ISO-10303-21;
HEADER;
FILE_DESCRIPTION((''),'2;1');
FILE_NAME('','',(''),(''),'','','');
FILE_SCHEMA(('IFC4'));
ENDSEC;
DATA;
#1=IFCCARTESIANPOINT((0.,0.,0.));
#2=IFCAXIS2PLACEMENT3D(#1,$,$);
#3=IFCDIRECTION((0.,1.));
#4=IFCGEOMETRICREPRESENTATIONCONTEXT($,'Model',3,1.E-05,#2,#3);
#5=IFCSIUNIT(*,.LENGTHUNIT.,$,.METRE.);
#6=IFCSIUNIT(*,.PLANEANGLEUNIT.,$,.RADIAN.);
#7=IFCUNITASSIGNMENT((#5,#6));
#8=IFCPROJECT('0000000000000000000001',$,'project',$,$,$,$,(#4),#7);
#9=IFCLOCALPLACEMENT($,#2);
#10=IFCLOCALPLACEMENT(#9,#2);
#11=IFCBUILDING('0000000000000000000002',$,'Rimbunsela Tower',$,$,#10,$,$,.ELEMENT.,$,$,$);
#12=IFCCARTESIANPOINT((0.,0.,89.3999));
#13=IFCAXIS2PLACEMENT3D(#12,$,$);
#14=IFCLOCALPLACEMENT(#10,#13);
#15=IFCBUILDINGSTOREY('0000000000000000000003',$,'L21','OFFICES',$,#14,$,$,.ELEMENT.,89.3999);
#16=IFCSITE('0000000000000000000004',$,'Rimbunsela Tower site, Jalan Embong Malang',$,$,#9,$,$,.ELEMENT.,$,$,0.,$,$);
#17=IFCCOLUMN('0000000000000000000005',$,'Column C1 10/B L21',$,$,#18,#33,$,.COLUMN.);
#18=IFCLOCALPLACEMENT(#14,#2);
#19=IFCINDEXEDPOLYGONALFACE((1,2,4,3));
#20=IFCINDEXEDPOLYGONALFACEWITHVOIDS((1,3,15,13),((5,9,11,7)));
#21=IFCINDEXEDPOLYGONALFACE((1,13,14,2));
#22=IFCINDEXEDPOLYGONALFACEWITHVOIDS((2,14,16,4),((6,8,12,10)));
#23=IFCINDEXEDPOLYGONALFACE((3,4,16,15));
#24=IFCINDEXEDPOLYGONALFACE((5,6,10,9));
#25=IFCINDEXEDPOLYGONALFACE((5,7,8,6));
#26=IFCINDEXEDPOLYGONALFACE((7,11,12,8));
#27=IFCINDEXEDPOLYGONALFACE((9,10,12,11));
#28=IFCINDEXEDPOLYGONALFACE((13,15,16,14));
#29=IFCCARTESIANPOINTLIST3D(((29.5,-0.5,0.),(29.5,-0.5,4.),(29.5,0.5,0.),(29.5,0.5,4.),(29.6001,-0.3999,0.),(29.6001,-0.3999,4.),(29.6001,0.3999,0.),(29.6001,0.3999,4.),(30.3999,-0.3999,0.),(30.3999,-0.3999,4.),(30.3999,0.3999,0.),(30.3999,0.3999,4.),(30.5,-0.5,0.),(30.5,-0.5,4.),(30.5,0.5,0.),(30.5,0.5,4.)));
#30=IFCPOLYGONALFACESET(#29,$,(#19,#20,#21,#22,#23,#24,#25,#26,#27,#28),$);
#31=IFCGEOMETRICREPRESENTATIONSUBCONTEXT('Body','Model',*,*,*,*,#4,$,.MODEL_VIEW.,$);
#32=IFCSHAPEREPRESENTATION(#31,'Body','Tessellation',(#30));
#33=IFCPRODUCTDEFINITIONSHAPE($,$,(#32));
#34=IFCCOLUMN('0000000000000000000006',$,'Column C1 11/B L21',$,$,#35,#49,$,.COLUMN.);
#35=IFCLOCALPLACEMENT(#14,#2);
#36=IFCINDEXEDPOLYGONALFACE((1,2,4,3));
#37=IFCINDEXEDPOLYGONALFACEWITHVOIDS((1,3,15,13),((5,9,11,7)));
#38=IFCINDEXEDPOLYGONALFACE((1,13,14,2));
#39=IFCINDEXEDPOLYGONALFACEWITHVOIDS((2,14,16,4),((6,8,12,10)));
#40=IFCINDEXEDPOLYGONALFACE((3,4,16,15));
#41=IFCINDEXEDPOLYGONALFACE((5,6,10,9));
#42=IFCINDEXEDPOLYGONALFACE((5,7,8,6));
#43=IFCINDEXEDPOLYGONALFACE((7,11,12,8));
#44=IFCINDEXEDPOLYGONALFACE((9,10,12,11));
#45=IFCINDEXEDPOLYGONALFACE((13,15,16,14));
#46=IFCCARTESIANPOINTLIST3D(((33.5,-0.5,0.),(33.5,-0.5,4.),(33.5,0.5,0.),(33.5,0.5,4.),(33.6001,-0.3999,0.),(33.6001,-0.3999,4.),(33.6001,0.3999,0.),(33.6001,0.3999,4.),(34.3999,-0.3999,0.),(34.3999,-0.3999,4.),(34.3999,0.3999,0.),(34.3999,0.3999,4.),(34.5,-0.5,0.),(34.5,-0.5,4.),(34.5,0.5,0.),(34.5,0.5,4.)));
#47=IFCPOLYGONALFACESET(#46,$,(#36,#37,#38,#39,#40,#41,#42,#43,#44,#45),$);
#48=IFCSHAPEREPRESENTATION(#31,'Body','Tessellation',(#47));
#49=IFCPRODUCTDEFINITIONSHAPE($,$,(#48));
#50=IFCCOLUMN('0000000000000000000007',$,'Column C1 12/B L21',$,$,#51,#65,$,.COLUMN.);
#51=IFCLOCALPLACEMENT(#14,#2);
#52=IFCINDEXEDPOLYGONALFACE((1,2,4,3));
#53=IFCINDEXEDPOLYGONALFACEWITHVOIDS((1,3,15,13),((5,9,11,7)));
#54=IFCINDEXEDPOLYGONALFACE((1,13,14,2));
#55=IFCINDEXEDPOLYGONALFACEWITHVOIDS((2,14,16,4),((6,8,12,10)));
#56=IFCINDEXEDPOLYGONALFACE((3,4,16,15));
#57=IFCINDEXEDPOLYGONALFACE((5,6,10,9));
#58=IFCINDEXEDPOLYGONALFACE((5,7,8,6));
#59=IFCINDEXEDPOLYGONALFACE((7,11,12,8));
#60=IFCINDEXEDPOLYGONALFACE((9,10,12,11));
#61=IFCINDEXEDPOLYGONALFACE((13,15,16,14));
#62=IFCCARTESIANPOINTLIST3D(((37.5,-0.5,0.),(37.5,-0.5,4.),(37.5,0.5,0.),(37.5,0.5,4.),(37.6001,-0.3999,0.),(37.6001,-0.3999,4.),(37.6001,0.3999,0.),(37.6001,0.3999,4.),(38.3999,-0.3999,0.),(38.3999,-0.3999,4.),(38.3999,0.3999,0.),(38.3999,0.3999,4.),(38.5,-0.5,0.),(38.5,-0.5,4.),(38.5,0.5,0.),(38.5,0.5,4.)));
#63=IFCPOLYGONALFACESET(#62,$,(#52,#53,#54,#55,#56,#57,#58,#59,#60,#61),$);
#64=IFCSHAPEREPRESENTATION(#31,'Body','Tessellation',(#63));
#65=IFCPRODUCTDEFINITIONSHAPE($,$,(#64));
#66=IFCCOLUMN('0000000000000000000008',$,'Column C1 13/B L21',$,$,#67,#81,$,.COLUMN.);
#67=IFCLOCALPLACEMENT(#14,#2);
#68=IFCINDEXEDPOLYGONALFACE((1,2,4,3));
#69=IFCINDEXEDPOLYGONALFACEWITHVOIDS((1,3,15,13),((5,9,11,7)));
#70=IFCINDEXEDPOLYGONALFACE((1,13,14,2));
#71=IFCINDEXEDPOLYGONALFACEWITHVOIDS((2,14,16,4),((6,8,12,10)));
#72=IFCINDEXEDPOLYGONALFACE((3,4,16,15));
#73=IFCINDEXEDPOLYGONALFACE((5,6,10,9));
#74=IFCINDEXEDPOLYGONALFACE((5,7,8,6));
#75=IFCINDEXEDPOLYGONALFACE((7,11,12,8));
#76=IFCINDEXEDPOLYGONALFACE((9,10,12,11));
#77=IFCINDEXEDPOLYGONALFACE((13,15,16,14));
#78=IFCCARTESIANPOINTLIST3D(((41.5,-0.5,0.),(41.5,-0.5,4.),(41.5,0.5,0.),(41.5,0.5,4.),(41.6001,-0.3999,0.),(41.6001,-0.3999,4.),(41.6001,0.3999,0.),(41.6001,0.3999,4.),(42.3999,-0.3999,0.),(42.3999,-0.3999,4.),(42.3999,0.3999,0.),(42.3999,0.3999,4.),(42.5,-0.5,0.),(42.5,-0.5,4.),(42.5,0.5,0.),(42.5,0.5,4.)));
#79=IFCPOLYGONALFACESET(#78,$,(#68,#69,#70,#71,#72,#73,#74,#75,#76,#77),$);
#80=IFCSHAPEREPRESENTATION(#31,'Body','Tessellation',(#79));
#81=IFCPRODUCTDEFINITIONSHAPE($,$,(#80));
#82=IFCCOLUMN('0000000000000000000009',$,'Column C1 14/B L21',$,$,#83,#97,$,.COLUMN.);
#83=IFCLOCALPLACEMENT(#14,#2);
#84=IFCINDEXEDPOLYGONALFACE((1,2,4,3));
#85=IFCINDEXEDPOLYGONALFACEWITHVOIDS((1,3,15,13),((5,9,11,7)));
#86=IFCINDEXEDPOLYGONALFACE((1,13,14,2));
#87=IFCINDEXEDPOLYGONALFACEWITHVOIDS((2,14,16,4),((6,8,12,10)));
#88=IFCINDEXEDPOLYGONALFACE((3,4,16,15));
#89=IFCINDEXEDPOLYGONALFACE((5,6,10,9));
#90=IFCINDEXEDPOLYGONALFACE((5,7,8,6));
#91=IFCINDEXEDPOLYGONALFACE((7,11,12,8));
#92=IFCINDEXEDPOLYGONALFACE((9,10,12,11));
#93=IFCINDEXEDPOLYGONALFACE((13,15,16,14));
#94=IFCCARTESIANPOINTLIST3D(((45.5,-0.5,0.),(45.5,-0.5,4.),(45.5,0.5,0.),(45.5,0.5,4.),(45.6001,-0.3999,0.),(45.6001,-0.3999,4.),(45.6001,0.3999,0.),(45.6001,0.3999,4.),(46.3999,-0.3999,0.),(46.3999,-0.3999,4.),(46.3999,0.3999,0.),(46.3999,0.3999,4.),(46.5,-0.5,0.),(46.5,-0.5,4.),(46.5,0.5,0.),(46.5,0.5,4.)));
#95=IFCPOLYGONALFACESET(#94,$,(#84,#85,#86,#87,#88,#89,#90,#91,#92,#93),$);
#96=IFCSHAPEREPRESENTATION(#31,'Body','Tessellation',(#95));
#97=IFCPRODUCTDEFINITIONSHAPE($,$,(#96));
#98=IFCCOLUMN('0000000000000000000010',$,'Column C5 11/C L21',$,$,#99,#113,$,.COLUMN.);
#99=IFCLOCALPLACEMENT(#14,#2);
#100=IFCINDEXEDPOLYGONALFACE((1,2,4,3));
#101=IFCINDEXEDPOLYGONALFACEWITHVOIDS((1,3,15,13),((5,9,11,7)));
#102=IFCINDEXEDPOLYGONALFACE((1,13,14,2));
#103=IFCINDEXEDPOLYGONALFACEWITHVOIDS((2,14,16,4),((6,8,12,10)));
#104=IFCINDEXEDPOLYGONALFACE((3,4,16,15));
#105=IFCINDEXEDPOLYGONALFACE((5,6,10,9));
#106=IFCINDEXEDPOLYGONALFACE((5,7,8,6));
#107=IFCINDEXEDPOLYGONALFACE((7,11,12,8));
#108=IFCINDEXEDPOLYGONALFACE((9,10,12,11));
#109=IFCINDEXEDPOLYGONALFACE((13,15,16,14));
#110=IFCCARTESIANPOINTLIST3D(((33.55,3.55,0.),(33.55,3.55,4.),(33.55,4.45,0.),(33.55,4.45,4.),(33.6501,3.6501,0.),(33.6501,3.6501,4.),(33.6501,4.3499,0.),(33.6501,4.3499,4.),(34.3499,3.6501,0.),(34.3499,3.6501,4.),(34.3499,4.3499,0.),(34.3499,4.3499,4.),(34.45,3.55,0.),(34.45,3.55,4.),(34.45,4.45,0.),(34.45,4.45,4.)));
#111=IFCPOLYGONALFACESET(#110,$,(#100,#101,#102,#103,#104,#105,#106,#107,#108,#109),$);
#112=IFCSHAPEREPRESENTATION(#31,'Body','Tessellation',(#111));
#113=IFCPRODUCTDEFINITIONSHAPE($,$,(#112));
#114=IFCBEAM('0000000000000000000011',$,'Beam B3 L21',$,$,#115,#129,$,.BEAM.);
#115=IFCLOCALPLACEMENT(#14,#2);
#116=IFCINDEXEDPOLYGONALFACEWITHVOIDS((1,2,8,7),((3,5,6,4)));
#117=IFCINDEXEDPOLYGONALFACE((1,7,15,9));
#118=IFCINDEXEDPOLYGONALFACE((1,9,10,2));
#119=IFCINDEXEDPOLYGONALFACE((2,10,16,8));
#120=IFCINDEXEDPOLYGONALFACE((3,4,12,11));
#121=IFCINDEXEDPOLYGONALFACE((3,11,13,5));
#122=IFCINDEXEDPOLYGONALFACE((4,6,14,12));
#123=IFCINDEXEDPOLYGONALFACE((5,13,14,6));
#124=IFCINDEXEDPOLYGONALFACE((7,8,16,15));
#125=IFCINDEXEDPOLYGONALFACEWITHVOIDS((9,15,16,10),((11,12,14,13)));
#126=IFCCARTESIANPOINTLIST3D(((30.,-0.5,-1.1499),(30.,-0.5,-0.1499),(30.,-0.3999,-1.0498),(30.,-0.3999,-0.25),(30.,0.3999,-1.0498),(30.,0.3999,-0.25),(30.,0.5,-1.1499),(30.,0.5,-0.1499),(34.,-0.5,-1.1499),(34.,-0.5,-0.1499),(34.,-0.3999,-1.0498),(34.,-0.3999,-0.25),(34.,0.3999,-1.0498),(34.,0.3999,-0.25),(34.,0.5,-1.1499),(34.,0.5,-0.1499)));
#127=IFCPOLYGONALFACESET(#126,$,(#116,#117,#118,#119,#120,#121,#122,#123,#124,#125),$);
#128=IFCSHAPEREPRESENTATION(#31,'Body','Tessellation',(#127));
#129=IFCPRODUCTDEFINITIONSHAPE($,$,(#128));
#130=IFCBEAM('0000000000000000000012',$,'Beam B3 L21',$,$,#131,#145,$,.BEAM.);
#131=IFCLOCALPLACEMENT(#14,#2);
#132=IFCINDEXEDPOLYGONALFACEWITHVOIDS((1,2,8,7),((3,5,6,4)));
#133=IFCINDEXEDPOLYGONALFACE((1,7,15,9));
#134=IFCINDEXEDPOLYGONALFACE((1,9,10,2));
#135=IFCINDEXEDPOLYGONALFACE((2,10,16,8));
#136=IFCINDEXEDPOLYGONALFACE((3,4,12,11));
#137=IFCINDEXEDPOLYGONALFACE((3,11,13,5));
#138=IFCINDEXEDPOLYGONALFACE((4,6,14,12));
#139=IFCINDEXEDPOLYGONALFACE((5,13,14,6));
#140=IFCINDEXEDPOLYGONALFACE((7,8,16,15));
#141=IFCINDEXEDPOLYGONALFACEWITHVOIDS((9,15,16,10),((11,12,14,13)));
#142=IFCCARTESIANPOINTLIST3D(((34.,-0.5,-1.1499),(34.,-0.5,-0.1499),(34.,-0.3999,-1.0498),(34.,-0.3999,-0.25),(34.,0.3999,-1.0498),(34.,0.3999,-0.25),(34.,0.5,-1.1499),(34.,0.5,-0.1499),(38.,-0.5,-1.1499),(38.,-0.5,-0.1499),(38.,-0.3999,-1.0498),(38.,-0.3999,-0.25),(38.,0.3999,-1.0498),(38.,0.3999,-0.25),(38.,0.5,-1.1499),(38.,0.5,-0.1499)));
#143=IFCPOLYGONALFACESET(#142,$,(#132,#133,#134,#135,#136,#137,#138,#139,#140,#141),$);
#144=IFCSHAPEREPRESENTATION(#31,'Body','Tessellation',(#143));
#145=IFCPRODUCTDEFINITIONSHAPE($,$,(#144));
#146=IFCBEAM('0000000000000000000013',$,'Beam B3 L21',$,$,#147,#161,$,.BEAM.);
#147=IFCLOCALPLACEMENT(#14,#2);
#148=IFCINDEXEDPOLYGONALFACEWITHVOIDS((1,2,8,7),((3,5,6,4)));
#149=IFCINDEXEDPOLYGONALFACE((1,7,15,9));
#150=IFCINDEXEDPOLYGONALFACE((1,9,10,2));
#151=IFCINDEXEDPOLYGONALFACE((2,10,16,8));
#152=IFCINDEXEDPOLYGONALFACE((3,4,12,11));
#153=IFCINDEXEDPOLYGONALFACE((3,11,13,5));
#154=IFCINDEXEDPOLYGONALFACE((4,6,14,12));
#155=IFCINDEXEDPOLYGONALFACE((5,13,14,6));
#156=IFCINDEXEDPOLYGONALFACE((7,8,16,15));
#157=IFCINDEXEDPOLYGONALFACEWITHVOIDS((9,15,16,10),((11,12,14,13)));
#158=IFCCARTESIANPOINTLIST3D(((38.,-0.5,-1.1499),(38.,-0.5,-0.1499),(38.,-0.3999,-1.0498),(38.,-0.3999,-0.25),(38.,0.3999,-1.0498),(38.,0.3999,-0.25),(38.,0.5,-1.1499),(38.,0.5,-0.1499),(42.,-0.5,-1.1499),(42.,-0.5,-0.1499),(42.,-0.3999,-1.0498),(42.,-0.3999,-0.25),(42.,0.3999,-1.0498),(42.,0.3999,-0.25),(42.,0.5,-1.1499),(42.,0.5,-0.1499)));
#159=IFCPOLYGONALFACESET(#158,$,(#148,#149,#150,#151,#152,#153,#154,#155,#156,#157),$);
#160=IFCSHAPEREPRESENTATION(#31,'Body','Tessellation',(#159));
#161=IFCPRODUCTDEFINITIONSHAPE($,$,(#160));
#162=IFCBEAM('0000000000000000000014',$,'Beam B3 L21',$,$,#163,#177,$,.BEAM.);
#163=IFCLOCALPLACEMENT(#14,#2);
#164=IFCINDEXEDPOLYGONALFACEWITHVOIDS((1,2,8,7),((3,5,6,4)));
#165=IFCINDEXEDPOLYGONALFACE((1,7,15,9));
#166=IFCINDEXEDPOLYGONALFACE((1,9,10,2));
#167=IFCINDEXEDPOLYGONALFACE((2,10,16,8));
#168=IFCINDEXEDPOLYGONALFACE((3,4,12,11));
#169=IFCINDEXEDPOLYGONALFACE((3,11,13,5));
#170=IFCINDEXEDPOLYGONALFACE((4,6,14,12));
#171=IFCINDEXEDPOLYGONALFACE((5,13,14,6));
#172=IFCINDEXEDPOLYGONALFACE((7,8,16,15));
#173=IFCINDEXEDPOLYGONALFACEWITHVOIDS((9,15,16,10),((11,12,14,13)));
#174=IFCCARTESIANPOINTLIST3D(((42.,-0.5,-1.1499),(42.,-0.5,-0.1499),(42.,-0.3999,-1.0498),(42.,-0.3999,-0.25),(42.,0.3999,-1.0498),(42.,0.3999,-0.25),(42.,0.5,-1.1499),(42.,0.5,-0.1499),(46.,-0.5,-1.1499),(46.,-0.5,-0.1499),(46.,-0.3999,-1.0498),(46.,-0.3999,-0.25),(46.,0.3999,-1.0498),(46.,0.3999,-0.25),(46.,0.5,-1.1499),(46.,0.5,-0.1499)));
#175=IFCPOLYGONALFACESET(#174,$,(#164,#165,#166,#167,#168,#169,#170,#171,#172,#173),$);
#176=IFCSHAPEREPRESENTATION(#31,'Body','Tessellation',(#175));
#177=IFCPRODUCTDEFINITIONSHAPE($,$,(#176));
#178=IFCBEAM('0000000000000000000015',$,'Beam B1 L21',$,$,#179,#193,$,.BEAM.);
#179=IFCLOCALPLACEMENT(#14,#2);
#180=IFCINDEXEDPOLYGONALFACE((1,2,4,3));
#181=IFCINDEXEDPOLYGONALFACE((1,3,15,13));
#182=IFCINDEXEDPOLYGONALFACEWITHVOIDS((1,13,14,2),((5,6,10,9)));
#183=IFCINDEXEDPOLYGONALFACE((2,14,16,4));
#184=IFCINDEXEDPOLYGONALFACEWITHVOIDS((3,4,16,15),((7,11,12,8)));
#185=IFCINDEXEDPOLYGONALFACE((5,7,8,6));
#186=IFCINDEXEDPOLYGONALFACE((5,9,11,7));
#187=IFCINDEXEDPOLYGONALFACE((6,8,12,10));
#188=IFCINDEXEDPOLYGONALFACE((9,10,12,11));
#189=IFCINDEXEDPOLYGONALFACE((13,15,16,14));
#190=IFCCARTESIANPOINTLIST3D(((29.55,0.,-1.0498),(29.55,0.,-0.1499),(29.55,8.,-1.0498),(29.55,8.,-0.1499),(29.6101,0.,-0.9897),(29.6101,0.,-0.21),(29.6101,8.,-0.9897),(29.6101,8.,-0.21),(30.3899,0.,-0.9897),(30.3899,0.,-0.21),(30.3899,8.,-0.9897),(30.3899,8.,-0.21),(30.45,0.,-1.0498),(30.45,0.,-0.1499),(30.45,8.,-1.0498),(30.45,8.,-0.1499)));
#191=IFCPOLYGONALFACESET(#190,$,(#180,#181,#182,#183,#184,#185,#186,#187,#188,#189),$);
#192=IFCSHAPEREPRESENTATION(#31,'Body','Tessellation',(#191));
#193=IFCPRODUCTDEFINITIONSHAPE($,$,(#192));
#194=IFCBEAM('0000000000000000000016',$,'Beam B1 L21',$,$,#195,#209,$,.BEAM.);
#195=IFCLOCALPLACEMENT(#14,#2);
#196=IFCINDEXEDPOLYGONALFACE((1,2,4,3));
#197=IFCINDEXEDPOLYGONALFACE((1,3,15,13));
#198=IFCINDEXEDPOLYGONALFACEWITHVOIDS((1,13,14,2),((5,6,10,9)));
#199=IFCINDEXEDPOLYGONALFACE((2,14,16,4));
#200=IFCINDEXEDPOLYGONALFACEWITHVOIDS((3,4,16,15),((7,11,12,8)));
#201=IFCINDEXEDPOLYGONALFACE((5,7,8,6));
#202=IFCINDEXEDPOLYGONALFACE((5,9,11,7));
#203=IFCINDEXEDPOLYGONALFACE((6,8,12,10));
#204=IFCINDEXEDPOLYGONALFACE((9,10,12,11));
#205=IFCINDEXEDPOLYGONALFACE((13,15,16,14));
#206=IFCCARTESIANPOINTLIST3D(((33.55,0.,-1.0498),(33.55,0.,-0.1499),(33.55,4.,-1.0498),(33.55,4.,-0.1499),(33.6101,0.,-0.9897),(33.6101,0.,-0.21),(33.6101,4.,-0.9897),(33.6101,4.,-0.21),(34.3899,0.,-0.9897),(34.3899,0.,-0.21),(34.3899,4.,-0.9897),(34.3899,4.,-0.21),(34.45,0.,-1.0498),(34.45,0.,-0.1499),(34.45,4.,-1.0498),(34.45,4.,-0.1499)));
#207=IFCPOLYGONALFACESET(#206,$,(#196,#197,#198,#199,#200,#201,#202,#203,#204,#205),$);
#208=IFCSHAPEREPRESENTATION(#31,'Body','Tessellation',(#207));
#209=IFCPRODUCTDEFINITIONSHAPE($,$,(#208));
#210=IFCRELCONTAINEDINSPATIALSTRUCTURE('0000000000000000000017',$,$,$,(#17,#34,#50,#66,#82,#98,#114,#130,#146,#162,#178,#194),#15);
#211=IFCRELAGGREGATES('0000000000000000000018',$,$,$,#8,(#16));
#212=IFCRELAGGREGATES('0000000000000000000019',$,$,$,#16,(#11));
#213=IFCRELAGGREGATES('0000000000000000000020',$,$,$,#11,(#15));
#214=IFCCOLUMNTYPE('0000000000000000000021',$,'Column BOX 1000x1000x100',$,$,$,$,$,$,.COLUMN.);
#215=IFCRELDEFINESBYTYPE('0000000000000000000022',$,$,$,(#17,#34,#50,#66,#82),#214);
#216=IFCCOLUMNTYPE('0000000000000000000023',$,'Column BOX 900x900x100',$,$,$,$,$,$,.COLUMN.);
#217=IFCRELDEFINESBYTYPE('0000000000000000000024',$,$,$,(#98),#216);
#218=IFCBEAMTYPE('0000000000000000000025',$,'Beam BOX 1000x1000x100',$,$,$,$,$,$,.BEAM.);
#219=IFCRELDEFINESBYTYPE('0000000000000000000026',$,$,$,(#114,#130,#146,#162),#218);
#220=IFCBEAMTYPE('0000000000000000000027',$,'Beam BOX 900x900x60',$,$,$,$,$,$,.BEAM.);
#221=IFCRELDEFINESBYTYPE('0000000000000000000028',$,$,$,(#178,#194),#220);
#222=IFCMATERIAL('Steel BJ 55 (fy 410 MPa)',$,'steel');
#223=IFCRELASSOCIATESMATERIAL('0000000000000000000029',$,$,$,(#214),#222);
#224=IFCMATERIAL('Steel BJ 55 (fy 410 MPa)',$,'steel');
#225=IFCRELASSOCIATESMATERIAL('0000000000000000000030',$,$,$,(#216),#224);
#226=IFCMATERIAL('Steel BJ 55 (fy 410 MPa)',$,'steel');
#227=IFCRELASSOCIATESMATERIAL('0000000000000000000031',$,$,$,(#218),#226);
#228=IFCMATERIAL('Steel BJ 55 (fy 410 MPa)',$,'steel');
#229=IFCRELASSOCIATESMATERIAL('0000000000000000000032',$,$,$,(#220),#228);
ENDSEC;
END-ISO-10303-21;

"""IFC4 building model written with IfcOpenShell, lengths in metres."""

from ifc_helpers import new_model, si_unit, direction, frame, origin, origin_2d, place, context, subcontext, project, spatial, hollow_rectangle, extrude, material, material_profile, profile_set, type_object, element, save


model = new_model("IFC4")

# Units and contexts
model_context = context("Model", 3, precision=1e-05, world=origin(), true_north=direction((0.0, 1.0)))
body_context = subcontext(model_context, "Body", "Model", "MODEL_VIEW")
ifc_project = project(units=[si_unit("LENGTHUNIT", "METRE"), si_unit("PLANEANGLEUNIT", "RADIAN")], contexts=[model_context])

# Site, building, storey
site_placement = place(None, origin())
site = spatial("IfcSite", under=ifc_project, at=site_placement, Name="Rimbunsela Tower site, Jalan Embong Malang", CompositionType="ELEMENT", RefElevation=0.0)
building_placement = place(site_placement, origin())
building = spatial("IfcBuilding", under=site, at=building_placement, Name="Rimbunsela Tower", CompositionType="ELEMENT")
storey_placement = place(building_placement, frame((0.0, 0.0, 89.3999)))
storey = spatial("IfcBuildingStorey", under=building, at=storey_placement, Name="L21", Description="OFFICES", CompositionType="ELEMENT", Elevation=89.3999)

# Columns
ifc_material_1 = material(Name="Steel BJ 55 (fy 410 MPa)", Category="steel")
ifc_material_profile_1 = material_profile(ifc_material_1, hollow_rectangle(XDim=1.0, YDim=1.0, WallThickness=0.1001, at=origin_2d()), Name="BOX 1000x1000x100")
ifc_profile_set_1 = profile_set([ifc_material_profile_1], Name="Steel BJ 55 (fy 410 MPa)")
column_type_1 = type_object("IfcColumnType", Name="Column BOX 1000x1000x100", PredefinedType="COLUMN", material=ifc_profile_set_1)
for number, where, z_axis, x_axis, name in (
    (1, (30.0, 0.0, 0.0), (0.0, 0.0, 1.0), (1.0, 0.0, 0.0), "Column C1 10/B L21"),
    (2, (34.0, 0.0, 0.0), (0.0, 0.0, 1.0), (1.0, 0.0, 0.0), "Column C1 11/B L21"),
    (3, (38.0, 0.0, 0.0), (0.0, 0.0, 1.0), (1.0, 0.0, 0.0), "Column C1 12/B L21"),
    (4, (42.0, 0.0, 0.0), (0.0, 0.0, 1.0), (1.0, 0.0, 0.0), "Column C1 13/B L21"),
    (5, (46.0, 0.0, 0.0), (0.0, 0.0, 1.0), (1.0, 0.0, 0.0), "Column C1 14/B L21"),
):
    element("IfcColumn", number, at=place(storey_placement, frame(where, z_axis=z_axis, x_axis=x_axis)), inside=storey, type_object=column_type_1, Name=name, PredefinedType="COLUMN", context=body_context, shape_type="SweptSolid", body=[
        extrude(hollow_rectangle(XDim=1.0, YDim=1.0, WallThickness=0.1001, at=origin_2d()), origin(), (0.0, 0.0, 1.0), 4.0),
    ])
ifc_material_2 = material(Name="Steel BJ 55 (fy 410 MPa)", Category="steel")
ifc_material_profile_2 = material_profile(ifc_material_2, hollow_rectangle(XDim=0.8999, YDim=0.8999, WallThickness=0.1001, at=origin_2d()), Name="BOX 900x900x100")
ifc_profile_set_2 = profile_set([ifc_material_profile_2], Name="Steel BJ 55 (fy 410 MPa)")
column_type_2 = type_object("IfcColumnType", Name="Column BOX 900x900x100", PredefinedType="COLUMN", material=ifc_profile_set_2)
column_placement = place(storey_placement, frame((34.0, 4.0, 0.0), z_axis=(0.0, 0.0, 1.0), x_axis=(1.0, 0.0, 0.0)))
element("IfcColumn", 6, at=column_placement, inside=storey, type_object=column_type_2, Name="Column C5 11/C L21", PredefinedType="COLUMN", context=body_context, shape_type="SweptSolid", body=[
    extrude(hollow_rectangle(XDim=0.8999, YDim=0.8999, WallThickness=0.1001, at=origin_2d()), origin(), (0.0, 0.0, 1.0), 4.0),
])

# Beams
ifc_material_3 = material(Name="Steel BJ 55 (fy 410 MPa)", Category="steel")
ifc_material_profile_3 = material_profile(ifc_material_3, hollow_rectangle(XDim=1.0, YDim=1.0, WallThickness=0.1001, at=origin_2d()), Name="BOX 1000x1000x100")
ifc_profile_set_3 = profile_set([ifc_material_profile_3], Name="Steel BJ 55 (fy 410 MPa)")
beam_type_1 = type_object("IfcBeamType", Name="Beam BOX 1000x1000x100", PredefinedType="BEAM", material=ifc_profile_set_3)
for number, where, z_axis, x_axis, name in (
    (7, (30.0, 0.0, -0.6499), (1.0, 0.0, 0.0), (0.0, 1.0, 0.0), "Beam B3 L21"),
    (8, (34.0, 0.0, -0.6499), (1.0, 0.0, 0.0), (0.0, 1.0, 0.0), "Beam B3 L21"),
    (9, (38.0, 0.0, -0.6499), (1.0, 0.0, 0.0), (0.0, 1.0, 0.0), "Beam B3 L21"),
    (10, (42.0, 0.0, -0.6499), (1.0, 0.0, 0.0), (0.0, 1.0, 0.0), "Beam B3 L21"),
):
    element("IfcBeam", number, at=place(storey_placement, frame(where, z_axis=z_axis, x_axis=x_axis)), inside=storey, type_object=beam_type_1, Name=name, PredefinedType="BEAM", context=body_context, shape_type="SweptSolid", body=[
        extrude(hollow_rectangle(XDim=1.0, YDim=1.0, WallThickness=0.1001, at=origin_2d()), origin(), (0.0, 0.0, 1.0), 4.0),
    ])
ifc_material_4 = material(Name="Steel BJ 55 (fy 410 MPa)", Category="steel")
ifc_material_profile_4 = material_profile(ifc_material_4, hollow_rectangle(XDim=0.8999, YDim=0.8999, WallThickness=0.0601, at=origin_2d()), Name="BOX 900x900x60")
ifc_profile_set_4 = profile_set([ifc_material_profile_4], Name="Steel BJ 55 (fy 410 MPa)")
beam_type_2 = type_object("IfcBeamType", Name="Beam BOX 900x900x60", PredefinedType="BEAM", material=ifc_profile_set_4)
beam_1_placement = place(storey_placement, frame((30.0, 0.0, -0.5999), z_axis=(0.0, 1.0, 0.0), x_axis=(-1.0, 0.0, 0.0)))
element("IfcBeam", 11, at=beam_1_placement, inside=storey, type_object=beam_type_2, Name="Beam B1 L21", PredefinedType="BEAM", context=body_context, shape_type="SweptSolid", body=[
    extrude(hollow_rectangle(XDim=0.8999, YDim=0.8999, WallThickness=0.0601, at=origin_2d()), origin(), (0.0, 0.0, 1.0), 8.0),
])
beam_2_placement = place(storey_placement, frame((34.0, 0.0, -0.5999), z_axis=(0.0, 1.0, 0.0), x_axis=(-1.0, 0.0, 0.0)))
element("IfcBeam", 12, at=beam_2_placement, inside=storey, type_object=beam_type_2, Name="Beam B1 L21", PredefinedType="BEAM", context=body_context, shape_type="SweptSolid", body=[
    extrude(hollow_rectangle(XDim=0.8999, YDim=0.8999, WallThickness=0.0601, at=origin_2d()), origin(), (0.0, 0.0, 1.0), 4.0),
])

save(model, "model.ifc")
